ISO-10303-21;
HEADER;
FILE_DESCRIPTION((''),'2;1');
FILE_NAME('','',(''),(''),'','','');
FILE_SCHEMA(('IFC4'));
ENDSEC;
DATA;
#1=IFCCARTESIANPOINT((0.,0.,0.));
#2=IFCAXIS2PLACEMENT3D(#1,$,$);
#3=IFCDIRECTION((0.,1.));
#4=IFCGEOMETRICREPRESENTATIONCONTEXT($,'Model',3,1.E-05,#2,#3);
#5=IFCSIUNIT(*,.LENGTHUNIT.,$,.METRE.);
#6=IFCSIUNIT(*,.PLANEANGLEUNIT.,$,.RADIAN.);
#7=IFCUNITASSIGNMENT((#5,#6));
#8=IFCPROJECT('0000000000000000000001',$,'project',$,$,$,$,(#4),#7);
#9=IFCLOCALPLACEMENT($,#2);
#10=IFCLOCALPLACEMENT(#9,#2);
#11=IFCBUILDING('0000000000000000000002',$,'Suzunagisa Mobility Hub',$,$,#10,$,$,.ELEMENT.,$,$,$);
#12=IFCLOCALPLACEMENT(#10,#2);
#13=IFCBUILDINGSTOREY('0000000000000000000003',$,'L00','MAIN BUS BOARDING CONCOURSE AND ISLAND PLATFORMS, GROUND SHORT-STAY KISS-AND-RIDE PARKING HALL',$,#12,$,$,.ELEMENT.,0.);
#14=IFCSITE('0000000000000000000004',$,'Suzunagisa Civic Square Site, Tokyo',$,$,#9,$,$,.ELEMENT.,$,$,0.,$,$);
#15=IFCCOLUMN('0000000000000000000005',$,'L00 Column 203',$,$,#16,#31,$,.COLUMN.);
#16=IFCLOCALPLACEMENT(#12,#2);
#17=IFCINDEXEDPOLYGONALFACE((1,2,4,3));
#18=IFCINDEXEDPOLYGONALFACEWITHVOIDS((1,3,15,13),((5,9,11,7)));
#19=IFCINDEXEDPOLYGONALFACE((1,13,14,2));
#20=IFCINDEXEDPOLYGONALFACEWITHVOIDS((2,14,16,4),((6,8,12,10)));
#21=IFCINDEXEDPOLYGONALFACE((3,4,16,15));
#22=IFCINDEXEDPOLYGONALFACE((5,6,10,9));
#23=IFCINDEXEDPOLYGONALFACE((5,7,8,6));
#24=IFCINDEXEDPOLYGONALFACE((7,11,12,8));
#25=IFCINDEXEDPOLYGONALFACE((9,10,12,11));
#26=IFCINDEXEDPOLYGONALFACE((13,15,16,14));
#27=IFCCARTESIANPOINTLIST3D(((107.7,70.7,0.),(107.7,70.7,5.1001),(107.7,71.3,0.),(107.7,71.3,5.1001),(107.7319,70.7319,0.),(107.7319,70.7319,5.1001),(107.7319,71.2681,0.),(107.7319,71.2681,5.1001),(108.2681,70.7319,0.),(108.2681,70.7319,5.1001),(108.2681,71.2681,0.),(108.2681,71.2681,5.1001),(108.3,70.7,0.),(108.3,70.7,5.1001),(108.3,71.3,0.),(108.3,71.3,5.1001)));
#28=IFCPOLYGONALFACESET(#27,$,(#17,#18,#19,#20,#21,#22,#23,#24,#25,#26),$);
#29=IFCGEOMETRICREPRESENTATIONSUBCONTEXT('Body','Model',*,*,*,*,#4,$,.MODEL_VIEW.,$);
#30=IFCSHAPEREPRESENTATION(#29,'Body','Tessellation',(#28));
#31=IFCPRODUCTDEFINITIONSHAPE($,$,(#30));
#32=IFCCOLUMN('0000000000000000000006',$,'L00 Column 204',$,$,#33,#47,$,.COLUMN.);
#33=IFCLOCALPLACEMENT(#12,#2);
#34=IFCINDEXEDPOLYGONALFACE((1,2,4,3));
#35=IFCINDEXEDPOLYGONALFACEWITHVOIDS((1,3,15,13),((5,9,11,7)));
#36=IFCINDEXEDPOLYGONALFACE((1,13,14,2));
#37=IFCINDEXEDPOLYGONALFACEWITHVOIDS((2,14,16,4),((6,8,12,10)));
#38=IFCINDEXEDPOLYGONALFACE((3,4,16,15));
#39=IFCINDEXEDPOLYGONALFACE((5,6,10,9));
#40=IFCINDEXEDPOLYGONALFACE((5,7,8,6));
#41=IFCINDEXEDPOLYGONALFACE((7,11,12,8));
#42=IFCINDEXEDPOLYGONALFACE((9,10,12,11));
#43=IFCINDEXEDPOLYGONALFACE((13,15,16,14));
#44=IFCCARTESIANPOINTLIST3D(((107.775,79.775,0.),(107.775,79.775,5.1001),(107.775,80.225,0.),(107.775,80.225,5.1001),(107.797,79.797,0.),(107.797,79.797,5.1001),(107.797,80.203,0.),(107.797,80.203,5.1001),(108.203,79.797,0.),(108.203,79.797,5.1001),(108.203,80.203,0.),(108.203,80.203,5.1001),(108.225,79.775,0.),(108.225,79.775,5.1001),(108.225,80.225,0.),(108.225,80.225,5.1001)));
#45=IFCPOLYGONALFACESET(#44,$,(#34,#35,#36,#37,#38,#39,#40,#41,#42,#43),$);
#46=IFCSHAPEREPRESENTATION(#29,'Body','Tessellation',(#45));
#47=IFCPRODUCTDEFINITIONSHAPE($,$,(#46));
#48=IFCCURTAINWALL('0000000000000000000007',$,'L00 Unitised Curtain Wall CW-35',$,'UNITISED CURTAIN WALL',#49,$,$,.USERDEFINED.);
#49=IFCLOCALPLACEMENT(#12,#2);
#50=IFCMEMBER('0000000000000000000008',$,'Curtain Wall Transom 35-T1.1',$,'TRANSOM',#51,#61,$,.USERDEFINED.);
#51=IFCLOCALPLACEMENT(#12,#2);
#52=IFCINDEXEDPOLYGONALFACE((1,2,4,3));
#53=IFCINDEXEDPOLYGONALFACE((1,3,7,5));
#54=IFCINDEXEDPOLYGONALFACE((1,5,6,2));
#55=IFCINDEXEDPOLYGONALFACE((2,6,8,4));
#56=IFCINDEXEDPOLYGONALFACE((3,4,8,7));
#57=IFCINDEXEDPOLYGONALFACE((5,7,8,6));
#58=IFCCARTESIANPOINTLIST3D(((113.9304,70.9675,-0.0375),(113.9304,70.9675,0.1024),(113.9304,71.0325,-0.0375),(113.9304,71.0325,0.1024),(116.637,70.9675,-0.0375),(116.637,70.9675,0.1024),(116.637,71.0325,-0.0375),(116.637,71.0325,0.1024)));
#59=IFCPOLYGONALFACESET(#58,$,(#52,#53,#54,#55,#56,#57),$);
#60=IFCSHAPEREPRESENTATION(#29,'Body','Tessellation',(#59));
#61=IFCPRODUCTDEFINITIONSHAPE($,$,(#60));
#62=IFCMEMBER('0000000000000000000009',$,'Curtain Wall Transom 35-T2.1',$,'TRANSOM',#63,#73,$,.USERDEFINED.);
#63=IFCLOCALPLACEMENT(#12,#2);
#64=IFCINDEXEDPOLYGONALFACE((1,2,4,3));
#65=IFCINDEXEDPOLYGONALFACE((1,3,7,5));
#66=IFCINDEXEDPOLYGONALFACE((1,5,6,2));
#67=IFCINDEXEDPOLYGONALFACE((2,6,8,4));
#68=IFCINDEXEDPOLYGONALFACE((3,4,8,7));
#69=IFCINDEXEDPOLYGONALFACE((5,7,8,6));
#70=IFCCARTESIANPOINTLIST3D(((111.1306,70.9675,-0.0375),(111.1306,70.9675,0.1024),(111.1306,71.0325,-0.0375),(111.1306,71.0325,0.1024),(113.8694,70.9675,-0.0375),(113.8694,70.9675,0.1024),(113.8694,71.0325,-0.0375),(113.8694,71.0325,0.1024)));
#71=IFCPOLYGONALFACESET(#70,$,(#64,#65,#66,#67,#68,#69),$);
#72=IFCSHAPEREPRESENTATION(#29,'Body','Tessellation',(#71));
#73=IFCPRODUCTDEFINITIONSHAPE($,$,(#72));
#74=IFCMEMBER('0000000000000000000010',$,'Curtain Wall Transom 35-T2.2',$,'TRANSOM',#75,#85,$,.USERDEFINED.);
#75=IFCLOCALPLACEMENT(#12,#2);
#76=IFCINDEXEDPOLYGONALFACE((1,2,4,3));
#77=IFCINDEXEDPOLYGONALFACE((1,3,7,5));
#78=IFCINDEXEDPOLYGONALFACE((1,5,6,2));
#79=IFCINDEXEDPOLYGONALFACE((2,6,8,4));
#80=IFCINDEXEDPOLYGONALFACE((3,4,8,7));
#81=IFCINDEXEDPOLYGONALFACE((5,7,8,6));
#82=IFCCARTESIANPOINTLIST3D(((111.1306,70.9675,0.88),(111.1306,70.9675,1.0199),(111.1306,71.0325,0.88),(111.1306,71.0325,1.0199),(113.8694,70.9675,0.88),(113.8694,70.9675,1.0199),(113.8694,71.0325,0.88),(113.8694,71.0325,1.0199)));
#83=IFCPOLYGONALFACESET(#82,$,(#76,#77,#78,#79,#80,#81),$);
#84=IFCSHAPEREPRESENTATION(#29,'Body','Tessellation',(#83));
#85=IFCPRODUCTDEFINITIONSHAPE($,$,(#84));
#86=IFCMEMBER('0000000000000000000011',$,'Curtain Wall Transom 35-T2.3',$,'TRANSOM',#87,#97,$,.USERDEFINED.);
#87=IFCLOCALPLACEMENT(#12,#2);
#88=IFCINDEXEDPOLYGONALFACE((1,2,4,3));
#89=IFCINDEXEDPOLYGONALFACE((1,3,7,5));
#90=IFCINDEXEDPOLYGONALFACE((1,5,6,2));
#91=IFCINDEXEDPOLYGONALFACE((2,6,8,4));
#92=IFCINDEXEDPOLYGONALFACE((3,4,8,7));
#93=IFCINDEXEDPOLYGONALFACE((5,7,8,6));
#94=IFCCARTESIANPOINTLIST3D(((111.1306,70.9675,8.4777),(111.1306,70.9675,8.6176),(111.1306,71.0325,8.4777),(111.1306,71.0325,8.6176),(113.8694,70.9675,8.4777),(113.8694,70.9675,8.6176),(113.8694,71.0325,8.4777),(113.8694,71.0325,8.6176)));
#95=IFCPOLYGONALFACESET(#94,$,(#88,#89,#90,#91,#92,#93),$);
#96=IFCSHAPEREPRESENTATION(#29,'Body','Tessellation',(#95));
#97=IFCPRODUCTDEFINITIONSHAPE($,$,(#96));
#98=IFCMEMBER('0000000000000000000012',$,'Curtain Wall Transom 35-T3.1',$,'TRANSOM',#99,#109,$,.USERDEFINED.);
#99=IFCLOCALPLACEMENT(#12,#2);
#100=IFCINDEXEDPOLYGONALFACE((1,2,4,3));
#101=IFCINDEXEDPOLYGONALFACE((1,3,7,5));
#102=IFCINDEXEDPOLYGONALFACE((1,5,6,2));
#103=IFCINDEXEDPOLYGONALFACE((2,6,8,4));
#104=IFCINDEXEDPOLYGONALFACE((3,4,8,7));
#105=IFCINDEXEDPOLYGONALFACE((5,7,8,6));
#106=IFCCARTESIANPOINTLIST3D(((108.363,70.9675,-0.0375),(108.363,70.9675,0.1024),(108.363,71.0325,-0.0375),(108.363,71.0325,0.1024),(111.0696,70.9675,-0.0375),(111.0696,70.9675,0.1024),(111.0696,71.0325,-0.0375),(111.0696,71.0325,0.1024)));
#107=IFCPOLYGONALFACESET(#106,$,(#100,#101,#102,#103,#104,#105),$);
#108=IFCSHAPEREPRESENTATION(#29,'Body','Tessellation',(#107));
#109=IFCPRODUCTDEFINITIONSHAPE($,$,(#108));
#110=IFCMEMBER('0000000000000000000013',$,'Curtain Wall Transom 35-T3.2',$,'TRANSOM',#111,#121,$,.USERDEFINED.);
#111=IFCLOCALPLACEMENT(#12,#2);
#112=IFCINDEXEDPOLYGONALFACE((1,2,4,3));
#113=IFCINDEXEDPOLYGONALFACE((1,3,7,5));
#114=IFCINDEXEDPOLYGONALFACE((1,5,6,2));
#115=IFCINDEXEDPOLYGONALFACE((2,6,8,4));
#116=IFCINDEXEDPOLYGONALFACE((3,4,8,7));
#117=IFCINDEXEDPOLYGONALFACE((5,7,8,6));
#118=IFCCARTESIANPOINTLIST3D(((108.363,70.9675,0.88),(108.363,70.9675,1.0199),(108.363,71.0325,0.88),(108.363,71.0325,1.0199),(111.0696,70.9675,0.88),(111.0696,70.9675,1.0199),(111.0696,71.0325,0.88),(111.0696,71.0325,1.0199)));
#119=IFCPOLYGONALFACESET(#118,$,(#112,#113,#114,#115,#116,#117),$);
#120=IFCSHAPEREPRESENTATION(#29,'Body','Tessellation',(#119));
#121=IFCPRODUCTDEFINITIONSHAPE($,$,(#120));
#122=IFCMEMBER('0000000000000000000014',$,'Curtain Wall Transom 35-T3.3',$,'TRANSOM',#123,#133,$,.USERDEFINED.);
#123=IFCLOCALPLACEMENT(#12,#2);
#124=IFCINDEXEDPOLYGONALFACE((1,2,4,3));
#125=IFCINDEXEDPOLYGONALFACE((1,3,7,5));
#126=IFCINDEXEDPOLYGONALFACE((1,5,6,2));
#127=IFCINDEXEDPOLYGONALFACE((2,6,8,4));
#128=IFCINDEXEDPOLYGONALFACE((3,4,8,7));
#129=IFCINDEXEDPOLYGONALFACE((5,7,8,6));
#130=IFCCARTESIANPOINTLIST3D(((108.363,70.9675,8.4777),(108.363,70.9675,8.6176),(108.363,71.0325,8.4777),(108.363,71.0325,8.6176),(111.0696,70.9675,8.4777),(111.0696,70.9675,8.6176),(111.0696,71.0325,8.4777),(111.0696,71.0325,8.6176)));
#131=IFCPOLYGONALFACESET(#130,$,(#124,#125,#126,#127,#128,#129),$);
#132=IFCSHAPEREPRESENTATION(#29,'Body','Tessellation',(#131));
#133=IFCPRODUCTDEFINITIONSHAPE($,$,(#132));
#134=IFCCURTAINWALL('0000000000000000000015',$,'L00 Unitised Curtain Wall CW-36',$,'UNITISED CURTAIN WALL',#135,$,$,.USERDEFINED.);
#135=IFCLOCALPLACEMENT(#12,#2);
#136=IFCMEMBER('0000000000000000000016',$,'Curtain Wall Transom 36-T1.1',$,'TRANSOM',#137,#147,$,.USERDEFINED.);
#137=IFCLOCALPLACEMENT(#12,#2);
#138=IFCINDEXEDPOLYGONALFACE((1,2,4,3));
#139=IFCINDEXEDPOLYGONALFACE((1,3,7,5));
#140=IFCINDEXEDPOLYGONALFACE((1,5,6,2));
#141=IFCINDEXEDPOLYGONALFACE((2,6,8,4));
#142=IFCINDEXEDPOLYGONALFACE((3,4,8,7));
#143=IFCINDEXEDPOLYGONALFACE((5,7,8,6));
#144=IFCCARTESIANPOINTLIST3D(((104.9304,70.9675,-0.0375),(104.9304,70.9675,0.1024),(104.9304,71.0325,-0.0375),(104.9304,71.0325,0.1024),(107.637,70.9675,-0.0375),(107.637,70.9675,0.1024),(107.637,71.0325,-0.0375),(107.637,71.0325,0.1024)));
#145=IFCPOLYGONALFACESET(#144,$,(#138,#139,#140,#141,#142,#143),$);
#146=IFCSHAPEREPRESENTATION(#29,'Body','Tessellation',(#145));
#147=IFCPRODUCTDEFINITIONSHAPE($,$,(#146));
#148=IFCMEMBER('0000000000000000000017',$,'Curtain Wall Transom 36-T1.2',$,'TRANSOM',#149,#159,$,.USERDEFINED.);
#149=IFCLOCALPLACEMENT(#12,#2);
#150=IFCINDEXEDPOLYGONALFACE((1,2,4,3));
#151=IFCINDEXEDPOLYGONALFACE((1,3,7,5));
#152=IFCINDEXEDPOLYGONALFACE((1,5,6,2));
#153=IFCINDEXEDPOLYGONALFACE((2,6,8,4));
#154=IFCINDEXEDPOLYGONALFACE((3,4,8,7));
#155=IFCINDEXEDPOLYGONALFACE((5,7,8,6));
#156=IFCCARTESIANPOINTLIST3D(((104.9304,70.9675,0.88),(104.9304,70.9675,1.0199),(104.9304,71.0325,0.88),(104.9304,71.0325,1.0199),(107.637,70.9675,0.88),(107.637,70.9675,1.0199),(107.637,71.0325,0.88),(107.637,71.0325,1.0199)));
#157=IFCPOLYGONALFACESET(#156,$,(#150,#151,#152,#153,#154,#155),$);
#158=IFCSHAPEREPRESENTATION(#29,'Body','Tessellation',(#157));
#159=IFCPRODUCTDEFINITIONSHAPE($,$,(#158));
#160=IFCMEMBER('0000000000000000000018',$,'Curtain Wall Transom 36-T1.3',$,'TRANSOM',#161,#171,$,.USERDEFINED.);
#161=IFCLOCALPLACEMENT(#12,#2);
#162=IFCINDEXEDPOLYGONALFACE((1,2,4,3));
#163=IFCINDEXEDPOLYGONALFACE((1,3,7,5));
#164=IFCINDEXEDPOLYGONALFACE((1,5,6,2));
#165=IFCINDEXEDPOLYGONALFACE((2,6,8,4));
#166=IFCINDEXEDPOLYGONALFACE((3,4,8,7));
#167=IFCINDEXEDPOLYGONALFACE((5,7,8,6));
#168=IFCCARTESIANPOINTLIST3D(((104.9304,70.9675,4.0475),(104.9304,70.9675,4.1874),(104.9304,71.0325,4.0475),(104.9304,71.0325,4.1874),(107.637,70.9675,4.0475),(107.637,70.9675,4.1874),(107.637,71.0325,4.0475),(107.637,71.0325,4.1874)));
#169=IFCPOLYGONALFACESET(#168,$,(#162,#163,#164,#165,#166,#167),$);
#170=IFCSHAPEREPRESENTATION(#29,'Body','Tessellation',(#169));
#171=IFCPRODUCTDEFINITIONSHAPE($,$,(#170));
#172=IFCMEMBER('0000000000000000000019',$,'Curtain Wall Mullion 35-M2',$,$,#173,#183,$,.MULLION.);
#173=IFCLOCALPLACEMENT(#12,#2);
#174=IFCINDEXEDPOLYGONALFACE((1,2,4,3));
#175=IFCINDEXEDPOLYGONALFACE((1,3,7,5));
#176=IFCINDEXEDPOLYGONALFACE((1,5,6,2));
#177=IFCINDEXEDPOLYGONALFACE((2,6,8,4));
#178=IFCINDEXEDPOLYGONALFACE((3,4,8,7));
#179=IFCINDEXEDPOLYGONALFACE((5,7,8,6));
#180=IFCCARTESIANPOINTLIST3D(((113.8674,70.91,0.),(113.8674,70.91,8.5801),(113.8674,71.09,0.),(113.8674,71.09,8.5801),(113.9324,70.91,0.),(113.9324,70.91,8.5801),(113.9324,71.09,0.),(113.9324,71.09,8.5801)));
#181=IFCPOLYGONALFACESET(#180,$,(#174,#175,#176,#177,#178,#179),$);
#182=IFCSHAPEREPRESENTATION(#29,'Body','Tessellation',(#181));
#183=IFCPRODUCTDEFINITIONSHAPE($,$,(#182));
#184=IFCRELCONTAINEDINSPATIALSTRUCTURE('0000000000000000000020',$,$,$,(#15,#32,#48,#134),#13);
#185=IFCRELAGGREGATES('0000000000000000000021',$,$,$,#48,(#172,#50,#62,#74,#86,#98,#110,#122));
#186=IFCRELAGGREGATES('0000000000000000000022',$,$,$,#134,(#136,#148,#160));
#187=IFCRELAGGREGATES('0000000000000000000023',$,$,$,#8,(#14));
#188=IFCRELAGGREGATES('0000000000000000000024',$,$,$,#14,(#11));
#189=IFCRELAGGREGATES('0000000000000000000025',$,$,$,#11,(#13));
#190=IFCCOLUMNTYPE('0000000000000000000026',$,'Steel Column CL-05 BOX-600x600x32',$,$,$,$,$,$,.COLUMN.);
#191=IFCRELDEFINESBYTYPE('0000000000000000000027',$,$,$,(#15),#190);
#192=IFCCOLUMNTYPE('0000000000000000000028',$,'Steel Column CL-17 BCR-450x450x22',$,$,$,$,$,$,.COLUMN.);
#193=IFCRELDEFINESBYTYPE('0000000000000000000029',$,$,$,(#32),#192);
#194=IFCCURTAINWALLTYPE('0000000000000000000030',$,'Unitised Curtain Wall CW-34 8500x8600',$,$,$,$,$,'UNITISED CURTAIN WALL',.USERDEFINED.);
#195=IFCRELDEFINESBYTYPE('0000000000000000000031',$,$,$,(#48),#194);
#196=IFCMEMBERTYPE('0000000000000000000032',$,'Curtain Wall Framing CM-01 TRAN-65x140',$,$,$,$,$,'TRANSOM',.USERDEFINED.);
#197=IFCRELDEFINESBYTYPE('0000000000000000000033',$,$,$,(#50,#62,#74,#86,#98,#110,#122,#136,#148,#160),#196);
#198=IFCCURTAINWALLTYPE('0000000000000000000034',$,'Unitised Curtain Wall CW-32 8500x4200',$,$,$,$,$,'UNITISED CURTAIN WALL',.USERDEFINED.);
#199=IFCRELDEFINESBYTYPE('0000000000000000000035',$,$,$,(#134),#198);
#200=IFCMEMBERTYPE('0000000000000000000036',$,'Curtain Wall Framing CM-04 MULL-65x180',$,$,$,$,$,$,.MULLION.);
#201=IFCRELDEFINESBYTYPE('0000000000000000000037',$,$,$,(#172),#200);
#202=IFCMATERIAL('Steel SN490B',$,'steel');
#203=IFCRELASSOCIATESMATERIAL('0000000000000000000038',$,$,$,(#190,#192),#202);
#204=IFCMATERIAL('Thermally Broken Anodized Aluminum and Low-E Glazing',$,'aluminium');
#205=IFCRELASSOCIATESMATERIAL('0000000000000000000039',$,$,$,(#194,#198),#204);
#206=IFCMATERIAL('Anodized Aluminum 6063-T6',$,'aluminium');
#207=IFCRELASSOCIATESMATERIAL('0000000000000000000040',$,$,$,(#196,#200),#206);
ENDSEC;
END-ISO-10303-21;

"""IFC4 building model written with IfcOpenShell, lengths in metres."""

from ifc_helpers import new_model, si_unit, direction, frame, origin, origin_2d, place, context, subcontext, project, spatial, rectangle, hollow_rectangle, extrude, material, material_profile, profile_set, type_object, element, aggregate, save


model = new_model("IFC4")

# Units and contexts
model_context = context("Model", 3, precision=1e-05, world=origin(), true_north=direction((0.0, 1.0)))
body_context = subcontext(model_context, "Body", "Model", "MODEL_VIEW")
ifc_project = project(units=[si_unit("LENGTHUNIT", "METRE"), si_unit("PLANEANGLEUNIT", "RADIAN")], contexts=[model_context])

# Site, building, storey
site_placement = place(None, origin())
site = spatial("IfcSite", under=ifc_project, at=site_placement, Name="Suzunagisa Civic Square Site, Tokyo", CompositionType="ELEMENT", RefElevation=0.0)
building_placement = place(site_placement, origin())
building = spatial("IfcBuilding", under=site, at=building_placement, Name="Suzunagisa Mobility Hub", CompositionType="ELEMENT")
storey_placement = place(building_placement, origin())
storey = spatial("IfcBuildingStorey", under=building, at=storey_placement, Name="L00", Description="MAIN BUS BOARDING CONCOURSE AND ISLAND PLATFORMS, GROUND SHORT-STAY KISS-AND-RIDE PARKING HALL", CompositionType="ELEMENT", Elevation=0.0)

# Columns
ifc_material_1 = material(Name="Steel SN490B", Category="steel")
ifc_material_profile_1 = material_profile(ifc_material_1, hollow_rectangle(XDim=0.6001, YDim=0.6001, WallThickness=0.032, at=origin_2d()), Name="BOX-600x600x32")
ifc_profile_set_1 = profile_set([ifc_material_profile_1], Name="Steel SN490B")
column_type_1 = type_object("IfcColumnType", Name="Steel Column CL-05 BOX-600x600x32", PredefinedType="COLUMN", material=ifc_profile_set_1)
column_1_placement = place(storey_placement, frame((108.0, 71.0, 0.0), z_axis=(0.0, 0.0, 1.0), x_axis=(1.0, 0.0, 0.0)))
element("IfcColumn", 1, at=column_1_placement, inside=storey, type_object=column_type_1, Name="L00 Column 203", PredefinedType="COLUMN", context=body_context, shape_type="SweptSolid", body=[
    extrude(hollow_rectangle(XDim=0.6001, YDim=0.6001, WallThickness=0.032, at=origin_2d()), origin(), (0.0, 0.0, 1.0), 5.1001),
])
ifc_material_profile_2 = material_profile(ifc_material_1, hollow_rectangle(XDim=0.45, YDim=0.45, WallThickness=0.022, at=origin_2d()), Name="BCR-450x450x22")
ifc_profile_set_2 = profile_set([ifc_material_profile_2], Name="Steel SN490B")
column_type_2 = type_object("IfcColumnType", Name="Steel Column CL-17 BCR-450x450x22", PredefinedType="COLUMN", material=ifc_profile_set_2)
column_2_placement = place(storey_placement, frame((108.0, 80.0, 0.0), z_axis=(0.0, 0.0, 1.0), x_axis=(1.0, 0.0, 0.0)))
element("IfcColumn", 2, at=column_2_placement, inside=storey, type_object=column_type_2, Name="L00 Column 204", PredefinedType="COLUMN", context=body_context, shape_type="SweptSolid", body=[
    extrude(hollow_rectangle(XDim=0.45, YDim=0.45, WallThickness=0.022, at=origin_2d()), origin(), (0.0, 0.0, 1.0), 5.1001),
])

# Curtain walls, members
ifc_material_2 = material(Name="Thermally Broken Anodized Aluminum and Low-E Glazing", Category="aluminium")
curtain_wall_type_1 = type_object("IfcCurtainWallType", Name="Unitised Curtain Wall CW-34 8500x8600", ElementType="UNITISED CURTAIN WALL", PredefinedType="USERDEFINED", material=ifc_material_2)
curtain_wall_1_placement = place(storey_placement, origin())
curtain_wall_1 = element("IfcCurtainWall", 3, at=curtain_wall_1_placement, inside=storey, type_object=curtain_wall_type_1, Name="L00 Unitised Curtain Wall CW-35", ObjectType="UNITISED CURTAIN WALL", PredefinedType="USERDEFINED")
ifc_material_3 = material(Name="Anodized Aluminum 6063-T6", Category="aluminium")
ifc_material_profile_3 = material_profile(ifc_material_3, rectangle(XDim=0.0649, YDim=0.1399, at=origin_2d()), Name="TRAN-65x140")
ifc_profile_set_3 = profile_set([ifc_material_profile_3], Name="Anodized Aluminum 6063-T6")
member_type_1 = type_object("IfcMemberType", Name="Curtain Wall Framing CM-01 TRAN-65x140", ElementType="TRANSOM", PredefinedType="USERDEFINED", material=ifc_profile_set_3)
member_1_placement = place(storey_placement, frame((116.637, 71.0, 0.0325), z_axis=(-1.0, 0.0, 0.0), x_axis=(0.0, -1.0, 0.0)))
member_1 = element("IfcMember", 4, at=member_1_placement, type_object=member_type_1, Name="Curtain Wall Transom 35-T1.1", ObjectType="TRANSOM", PredefinedType="USERDEFINED", context=body_context, shape_type="SweptSolid", body=[
    extrude(rectangle(XDim=0.0649, YDim=0.1399, at=origin_2d()), origin(), (0.0, 0.0, 1.0), 2.7065),
])
member_2_placement = place(storey_placement, frame((113.8694, 71.0, 0.0325), z_axis=(-1.0, 0.0, 0.0), x_axis=(0.0, -1.0, 0.0)))
member_2 = element("IfcMember", 5, at=member_2_placement, type_object=member_type_1, Name="Curtain Wall Transom 35-T2.1", ObjectType="TRANSOM", PredefinedType="USERDEFINED", context=body_context, shape_type="SweptSolid", body=[
    extrude(rectangle(XDim=0.0649, YDim=0.1399, at=origin_2d()), origin(), (0.0, 0.0, 1.0), 2.7388),
])
member_3_placement = place(storey_placement, frame((113.8694, 71.0, 0.95), z_axis=(-1.0, 0.0, 0.0), x_axis=(0.0, -1.0, 0.0)))
member_3 = element("IfcMember", 6, at=member_3_placement, type_object=member_type_1, Name="Curtain Wall Transom 35-T2.2", ObjectType="TRANSOM", PredefinedType="USERDEFINED", context=body_context, shape_type="SweptSolid", body=[
    extrude(rectangle(XDim=0.0649, YDim=0.1399, at=origin_2d()), origin(), (0.0, 0.0, 1.0), 2.7388),
])
member_4_placement = place(storey_placement, frame((113.8694, 71.0, 8.5476), z_axis=(-1.0, 0.0, 0.0), x_axis=(0.0, -1.0, 0.0)))
member_4 = element("IfcMember", 7, at=member_4_placement, type_object=member_type_1, Name="Curtain Wall Transom 35-T2.3", ObjectType="TRANSOM", PredefinedType="USERDEFINED", context=body_context, shape_type="SweptSolid", body=[
    extrude(rectangle(XDim=0.0649, YDim=0.1399, at=origin_2d()), origin(), (0.0, 0.0, 1.0), 2.7388),
])
member_5_placement = place(storey_placement, frame((111.0696, 71.0, 0.0325), z_axis=(-1.0, 0.0, 0.0), x_axis=(0.0, -1.0, 0.0)))
member_5 = element("IfcMember", 8, at=member_5_placement, type_object=member_type_1, Name="Curtain Wall Transom 35-T3.1", ObjectType="TRANSOM", PredefinedType="USERDEFINED", context=body_context, shape_type="SweptSolid", body=[
    extrude(rectangle(XDim=0.0649, YDim=0.1399, at=origin_2d()), origin(), (0.0, 0.0, 1.0), 2.7065),
])
member_6_placement = place(storey_placement, frame((111.0696, 71.0, 0.95), z_axis=(-1.0, 0.0, 0.0), x_axis=(0.0, -1.0, 0.0)))
member_6 = element("IfcMember", 9, at=member_6_placement, type_object=member_type_1, Name="Curtain Wall Transom 35-T3.2", ObjectType="TRANSOM", PredefinedType="USERDEFINED", context=body_context, shape_type="SweptSolid", body=[
    extrude(rectangle(XDim=0.0649, YDim=0.1399, at=origin_2d()), origin(), (0.0, 0.0, 1.0), 2.7065),
])
member_7_placement = place(storey_placement, frame((111.0696, 71.0, 8.5476), z_axis=(-1.0, 0.0, 0.0), x_axis=(0.0, -1.0, 0.0)))
member_7 = element("IfcMember", 10, at=member_7_placement, type_object=member_type_1, Name="Curtain Wall Transom 35-T3.3", ObjectType="TRANSOM", PredefinedType="USERDEFINED", context=body_context, shape_type="SweptSolid", body=[
    extrude(rectangle(XDim=0.0649, YDim=0.1399, at=origin_2d()), origin(), (0.0, 0.0, 1.0), 2.7065),
])
curtain_wall_type_2 = type_object("IfcCurtainWallType", Name="Unitised Curtain Wall CW-32 8500x4200", ElementType="UNITISED CURTAIN WALL", PredefinedType="USERDEFINED", material=ifc_material_2)
curtain_wall_2_placement = place(storey_placement, origin())
curtain_wall_2 = element("IfcCurtainWall", 11, at=curtain_wall_2_placement, inside=storey, type_object=curtain_wall_type_2, Name="L00 Unitised Curtain Wall CW-36", ObjectType="UNITISED CURTAIN WALL", PredefinedType="USERDEFINED")
member_8_placement = place(storey_placement, frame((107.637, 71.0, 0.0325), z_axis=(-1.0, 0.0, 0.0), x_axis=(0.0, -1.0, 0.0)))
member_8 = element("IfcMember", 12, at=member_8_placement, type_object=member_type_1, Name="Curtain Wall Transom 36-T1.1", ObjectType="TRANSOM", PredefinedType="USERDEFINED", context=body_context, shape_type="SweptSolid", body=[
    extrude(rectangle(XDim=0.0649, YDim=0.1399, at=origin_2d()), origin(), (0.0, 0.0, 1.0), 2.7065),
])
member_9_placement = place(storey_placement, frame((107.637, 71.0, 0.95), z_axis=(-1.0, 0.0, 0.0), x_axis=(0.0, -1.0, 0.0)))
member_9 = element("IfcMember", 13, at=member_9_placement, type_object=member_type_1, Name="Curtain Wall Transom 36-T1.2", ObjectType="TRANSOM", PredefinedType="USERDEFINED", context=body_context, shape_type="SweptSolid", body=[
    extrude(rectangle(XDim=0.0649, YDim=0.1399, at=origin_2d()), origin(), (0.0, 0.0, 1.0), 2.7065),
])
member_10_placement = place(storey_placement, frame((107.637, 71.0, 4.1174), z_axis=(-1.0, 0.0, 0.0), x_axis=(0.0, -1.0, 0.0)))
member_10 = element("IfcMember", 14, at=member_10_placement, type_object=member_type_1, Name="Curtain Wall Transom 36-T1.3", ObjectType="TRANSOM", PredefinedType="USERDEFINED", context=body_context, shape_type="SweptSolid", body=[
    extrude(rectangle(XDim=0.0649, YDim=0.1399, at=origin_2d()), origin(), (0.0, 0.0, 1.0), 2.7065),
])

# Member
ifc_material_profile_4 = material_profile(ifc_material_3, rectangle(XDim=0.0649, YDim=0.1799, at=origin_2d()), Name="MULL-65x180")
ifc_profile_set_4 = profile_set([ifc_material_profile_4], Name="Anodized Aluminum 6063-T6")
member_type_2 = type_object("IfcMemberType", Name="Curtain Wall Framing CM-04 MULL-65x180", PredefinedType="MULLION", material=ifc_profile_set_4)
member_11_placement = place(storey_placement, frame((113.8999, 71.0, 0.0), z_axis=(0.0, 0.0, 1.0), x_axis=(-1.0, 0.0, 0.0)))
member_11 = element("IfcMember", 15, at=member_11_placement, type_object=member_type_2, Name="Curtain Wall Mullion 35-M2", PredefinedType="MULLION", context=body_context, shape_type="SweptSolid", body=[
    extrude(rectangle(XDim=0.0649, YDim=0.1799, at=origin_2d()), origin(), (0.0, 0.0, 1.0), 8.5801),
])

aggregate(curtain_wall_1, [member_11, member_1, member_2, member_3, member_4, member_5, member_6, member_7])
aggregate(curtain_wall_2, [member_8, member_9, member_10])

save(model, "model.ifc")
